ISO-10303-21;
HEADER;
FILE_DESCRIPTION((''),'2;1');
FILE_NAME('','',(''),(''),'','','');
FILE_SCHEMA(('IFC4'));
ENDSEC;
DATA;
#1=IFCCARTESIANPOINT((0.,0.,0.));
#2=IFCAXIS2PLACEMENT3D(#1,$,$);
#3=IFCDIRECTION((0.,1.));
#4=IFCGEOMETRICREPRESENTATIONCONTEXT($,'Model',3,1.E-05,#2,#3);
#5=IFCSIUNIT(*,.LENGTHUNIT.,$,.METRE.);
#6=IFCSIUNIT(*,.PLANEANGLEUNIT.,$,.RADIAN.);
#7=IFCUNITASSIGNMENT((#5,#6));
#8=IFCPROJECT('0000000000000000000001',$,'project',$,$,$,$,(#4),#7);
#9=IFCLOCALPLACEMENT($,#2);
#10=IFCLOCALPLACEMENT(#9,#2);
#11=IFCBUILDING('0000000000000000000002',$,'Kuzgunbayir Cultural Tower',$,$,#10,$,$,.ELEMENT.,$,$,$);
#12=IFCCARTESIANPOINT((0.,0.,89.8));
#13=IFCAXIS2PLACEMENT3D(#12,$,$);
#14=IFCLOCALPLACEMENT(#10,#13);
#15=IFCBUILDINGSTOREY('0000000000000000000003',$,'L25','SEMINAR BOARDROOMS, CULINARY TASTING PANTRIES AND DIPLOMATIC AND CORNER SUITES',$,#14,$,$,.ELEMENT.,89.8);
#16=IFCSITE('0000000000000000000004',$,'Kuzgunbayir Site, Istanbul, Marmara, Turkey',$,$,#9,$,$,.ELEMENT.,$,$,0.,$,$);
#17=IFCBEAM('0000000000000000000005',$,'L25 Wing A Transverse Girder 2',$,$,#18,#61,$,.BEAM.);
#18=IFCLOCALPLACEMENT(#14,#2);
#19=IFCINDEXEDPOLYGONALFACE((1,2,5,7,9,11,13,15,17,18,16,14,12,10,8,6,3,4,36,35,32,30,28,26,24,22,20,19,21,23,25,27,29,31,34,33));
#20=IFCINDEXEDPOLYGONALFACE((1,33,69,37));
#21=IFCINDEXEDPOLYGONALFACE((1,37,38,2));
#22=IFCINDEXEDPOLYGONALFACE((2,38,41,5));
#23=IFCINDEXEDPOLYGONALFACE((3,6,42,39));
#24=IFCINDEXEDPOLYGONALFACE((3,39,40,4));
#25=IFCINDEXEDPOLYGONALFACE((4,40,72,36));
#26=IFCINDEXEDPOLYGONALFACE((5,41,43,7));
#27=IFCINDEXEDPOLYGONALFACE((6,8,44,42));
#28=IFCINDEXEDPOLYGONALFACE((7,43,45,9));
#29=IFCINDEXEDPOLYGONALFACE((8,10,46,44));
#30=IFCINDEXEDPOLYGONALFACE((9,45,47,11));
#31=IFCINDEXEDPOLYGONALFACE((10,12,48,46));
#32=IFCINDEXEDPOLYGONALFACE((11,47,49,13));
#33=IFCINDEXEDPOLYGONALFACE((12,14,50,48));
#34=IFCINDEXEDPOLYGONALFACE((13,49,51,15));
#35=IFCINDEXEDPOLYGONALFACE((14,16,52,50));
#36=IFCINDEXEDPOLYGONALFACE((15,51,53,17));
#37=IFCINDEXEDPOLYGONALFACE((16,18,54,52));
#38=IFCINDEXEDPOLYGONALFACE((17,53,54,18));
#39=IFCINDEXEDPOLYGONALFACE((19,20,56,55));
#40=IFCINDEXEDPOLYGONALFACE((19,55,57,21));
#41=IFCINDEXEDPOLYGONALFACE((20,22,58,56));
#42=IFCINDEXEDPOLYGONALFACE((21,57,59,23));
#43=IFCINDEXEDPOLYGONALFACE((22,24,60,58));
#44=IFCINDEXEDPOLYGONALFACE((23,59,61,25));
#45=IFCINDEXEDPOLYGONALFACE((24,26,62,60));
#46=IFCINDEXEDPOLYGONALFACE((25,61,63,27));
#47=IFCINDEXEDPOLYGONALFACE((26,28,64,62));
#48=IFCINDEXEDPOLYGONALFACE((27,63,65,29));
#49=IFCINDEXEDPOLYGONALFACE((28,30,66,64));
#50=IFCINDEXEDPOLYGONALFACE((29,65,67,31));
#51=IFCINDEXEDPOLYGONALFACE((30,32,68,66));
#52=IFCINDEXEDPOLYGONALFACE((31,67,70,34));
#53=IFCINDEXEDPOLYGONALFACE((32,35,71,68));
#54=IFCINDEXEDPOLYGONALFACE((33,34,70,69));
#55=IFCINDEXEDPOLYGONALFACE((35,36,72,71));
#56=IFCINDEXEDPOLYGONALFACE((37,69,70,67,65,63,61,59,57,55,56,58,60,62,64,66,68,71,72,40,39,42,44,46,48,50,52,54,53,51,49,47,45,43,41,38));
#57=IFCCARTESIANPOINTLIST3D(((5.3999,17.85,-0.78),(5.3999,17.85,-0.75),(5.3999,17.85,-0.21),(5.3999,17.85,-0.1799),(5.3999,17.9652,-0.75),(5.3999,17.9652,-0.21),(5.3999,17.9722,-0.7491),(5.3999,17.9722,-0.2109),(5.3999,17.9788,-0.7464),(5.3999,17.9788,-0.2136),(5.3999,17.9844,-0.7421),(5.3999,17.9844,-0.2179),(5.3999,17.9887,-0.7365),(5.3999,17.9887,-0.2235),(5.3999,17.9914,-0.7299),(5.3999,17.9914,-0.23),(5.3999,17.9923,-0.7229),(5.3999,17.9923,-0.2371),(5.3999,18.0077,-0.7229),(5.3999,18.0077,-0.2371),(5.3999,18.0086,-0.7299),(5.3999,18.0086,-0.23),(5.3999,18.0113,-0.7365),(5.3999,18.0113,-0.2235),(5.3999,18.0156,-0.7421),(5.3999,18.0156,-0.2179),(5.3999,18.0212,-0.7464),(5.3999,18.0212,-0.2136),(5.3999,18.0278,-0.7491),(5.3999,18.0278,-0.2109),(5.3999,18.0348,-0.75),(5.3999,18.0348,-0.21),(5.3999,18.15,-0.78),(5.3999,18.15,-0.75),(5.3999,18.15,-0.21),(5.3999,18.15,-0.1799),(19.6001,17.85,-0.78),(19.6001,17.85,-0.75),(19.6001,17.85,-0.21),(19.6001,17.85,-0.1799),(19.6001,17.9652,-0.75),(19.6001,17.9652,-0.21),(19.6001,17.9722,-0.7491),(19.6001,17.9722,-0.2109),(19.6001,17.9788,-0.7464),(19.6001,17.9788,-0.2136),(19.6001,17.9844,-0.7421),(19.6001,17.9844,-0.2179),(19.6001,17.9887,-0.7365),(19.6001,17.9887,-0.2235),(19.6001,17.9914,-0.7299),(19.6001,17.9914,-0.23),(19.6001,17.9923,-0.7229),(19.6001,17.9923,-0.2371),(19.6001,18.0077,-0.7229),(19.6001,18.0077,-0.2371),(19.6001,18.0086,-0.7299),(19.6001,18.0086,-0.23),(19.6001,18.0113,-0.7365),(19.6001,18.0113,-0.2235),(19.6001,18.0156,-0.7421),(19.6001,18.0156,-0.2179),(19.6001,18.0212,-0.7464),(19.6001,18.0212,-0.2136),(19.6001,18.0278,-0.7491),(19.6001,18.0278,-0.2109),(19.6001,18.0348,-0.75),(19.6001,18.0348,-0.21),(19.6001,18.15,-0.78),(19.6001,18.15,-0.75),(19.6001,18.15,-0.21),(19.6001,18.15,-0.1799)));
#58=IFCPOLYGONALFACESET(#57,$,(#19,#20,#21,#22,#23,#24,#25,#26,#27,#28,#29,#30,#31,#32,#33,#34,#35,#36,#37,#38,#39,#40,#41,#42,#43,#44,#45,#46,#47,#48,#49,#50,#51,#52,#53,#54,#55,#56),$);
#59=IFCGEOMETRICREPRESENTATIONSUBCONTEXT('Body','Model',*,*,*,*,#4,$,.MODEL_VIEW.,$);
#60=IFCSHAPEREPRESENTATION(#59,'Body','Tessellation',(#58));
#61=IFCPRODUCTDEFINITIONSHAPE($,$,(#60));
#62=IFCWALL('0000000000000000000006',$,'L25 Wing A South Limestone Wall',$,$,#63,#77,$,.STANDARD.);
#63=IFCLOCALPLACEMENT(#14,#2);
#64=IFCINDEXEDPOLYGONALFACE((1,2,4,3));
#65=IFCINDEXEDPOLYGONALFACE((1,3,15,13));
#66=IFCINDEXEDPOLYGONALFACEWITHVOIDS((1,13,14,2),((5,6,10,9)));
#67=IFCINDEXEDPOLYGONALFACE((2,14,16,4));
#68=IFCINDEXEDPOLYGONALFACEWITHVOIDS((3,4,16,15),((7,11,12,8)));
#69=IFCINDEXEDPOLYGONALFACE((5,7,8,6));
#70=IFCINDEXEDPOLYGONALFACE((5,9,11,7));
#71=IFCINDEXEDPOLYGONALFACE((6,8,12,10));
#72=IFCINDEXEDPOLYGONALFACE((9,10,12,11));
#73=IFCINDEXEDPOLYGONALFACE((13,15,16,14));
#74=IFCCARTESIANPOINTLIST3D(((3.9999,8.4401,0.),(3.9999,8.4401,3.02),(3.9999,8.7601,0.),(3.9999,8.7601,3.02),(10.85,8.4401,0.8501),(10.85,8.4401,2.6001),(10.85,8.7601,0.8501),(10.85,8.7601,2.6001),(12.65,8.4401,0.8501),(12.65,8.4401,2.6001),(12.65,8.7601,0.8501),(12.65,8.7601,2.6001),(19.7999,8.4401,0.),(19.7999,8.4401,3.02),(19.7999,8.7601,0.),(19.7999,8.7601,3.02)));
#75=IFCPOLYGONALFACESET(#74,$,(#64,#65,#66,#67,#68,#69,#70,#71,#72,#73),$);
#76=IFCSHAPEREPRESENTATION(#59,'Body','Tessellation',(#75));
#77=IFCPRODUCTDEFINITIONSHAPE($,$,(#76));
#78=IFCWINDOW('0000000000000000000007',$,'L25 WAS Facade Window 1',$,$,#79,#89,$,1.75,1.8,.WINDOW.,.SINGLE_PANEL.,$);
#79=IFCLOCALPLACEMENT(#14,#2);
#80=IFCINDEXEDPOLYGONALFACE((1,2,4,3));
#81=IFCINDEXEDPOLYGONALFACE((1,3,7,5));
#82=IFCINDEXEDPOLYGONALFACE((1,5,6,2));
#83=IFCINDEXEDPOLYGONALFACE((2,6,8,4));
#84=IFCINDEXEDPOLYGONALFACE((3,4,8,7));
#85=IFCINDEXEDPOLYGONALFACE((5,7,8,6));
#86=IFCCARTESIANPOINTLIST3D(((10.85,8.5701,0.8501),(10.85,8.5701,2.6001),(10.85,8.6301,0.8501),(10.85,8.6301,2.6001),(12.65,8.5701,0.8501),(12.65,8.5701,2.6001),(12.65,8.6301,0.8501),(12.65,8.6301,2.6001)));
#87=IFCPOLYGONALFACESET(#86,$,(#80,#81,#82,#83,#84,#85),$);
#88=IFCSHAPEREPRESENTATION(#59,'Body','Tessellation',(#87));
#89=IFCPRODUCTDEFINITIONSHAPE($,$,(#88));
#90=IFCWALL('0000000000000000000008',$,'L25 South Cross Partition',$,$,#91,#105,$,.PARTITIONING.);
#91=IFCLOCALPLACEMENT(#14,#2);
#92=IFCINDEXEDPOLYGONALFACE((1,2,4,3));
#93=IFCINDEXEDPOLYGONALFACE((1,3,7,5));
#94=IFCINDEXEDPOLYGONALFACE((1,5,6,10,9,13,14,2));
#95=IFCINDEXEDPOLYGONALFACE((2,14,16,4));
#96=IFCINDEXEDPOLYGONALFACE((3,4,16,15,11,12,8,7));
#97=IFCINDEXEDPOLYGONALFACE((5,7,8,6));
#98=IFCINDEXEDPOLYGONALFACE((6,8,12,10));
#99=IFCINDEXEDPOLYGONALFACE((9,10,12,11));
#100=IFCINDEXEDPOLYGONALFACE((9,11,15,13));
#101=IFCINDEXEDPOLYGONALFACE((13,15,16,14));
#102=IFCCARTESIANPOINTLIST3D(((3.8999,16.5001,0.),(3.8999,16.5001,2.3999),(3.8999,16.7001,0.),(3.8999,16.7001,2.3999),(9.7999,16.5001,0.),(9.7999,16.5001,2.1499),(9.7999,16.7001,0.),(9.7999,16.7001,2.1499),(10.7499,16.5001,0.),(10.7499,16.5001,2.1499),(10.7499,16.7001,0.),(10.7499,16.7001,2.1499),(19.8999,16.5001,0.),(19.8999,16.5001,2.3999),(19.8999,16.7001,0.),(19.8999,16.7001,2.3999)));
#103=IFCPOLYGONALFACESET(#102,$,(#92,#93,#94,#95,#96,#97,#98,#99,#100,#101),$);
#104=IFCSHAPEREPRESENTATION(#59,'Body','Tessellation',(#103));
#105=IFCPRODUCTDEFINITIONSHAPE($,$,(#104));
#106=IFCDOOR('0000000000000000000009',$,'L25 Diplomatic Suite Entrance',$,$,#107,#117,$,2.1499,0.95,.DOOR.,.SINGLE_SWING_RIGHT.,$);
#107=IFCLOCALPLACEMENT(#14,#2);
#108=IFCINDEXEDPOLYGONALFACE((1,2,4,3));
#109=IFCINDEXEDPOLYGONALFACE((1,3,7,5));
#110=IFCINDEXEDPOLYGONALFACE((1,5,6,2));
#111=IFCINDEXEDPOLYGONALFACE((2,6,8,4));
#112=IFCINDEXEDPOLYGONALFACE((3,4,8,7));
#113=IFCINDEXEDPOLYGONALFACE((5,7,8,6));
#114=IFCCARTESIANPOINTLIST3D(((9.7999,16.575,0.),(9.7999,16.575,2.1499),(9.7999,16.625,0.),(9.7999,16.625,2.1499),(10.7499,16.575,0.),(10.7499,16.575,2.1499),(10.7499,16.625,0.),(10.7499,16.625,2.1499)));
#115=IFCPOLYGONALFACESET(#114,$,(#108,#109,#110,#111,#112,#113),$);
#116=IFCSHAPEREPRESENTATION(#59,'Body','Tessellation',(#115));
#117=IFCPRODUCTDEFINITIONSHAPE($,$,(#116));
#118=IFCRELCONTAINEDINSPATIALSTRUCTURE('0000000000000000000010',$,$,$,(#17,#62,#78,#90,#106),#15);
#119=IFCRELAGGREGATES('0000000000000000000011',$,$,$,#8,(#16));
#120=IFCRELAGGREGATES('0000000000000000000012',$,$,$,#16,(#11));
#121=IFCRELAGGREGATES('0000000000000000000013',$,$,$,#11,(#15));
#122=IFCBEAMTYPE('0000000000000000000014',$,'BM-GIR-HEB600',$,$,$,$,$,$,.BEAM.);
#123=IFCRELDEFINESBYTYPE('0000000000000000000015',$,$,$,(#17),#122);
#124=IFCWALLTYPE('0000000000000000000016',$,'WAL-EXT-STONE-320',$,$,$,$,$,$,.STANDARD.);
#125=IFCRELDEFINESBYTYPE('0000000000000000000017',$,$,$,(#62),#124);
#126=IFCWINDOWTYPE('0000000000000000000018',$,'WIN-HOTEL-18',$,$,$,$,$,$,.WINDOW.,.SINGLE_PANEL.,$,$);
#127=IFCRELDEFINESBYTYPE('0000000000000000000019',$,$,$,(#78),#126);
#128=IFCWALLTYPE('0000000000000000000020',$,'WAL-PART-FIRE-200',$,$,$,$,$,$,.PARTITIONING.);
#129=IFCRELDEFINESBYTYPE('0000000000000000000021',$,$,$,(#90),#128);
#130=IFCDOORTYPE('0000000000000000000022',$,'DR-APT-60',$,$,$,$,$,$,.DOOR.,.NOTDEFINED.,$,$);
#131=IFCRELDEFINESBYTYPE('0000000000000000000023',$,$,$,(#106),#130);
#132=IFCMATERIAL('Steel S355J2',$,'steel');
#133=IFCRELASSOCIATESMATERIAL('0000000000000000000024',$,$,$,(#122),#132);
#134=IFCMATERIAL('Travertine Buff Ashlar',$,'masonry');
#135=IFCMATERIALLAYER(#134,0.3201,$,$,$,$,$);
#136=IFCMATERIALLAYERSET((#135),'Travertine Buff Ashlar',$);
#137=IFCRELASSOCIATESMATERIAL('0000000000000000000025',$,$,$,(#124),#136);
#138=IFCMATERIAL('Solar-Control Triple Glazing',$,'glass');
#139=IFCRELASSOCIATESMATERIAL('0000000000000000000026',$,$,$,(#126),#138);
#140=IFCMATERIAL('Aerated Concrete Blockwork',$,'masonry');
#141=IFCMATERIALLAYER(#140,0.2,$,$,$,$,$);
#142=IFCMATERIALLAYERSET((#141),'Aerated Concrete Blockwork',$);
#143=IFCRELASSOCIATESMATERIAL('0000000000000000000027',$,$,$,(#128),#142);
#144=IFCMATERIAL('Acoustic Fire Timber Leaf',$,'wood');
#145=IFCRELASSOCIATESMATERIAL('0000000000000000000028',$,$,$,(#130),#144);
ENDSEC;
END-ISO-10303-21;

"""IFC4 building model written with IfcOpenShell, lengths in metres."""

from ifc_helpers import new_model, si_unit, direction, frame, frame_2d, origin, origin_2d, place, context, subcontext, project, spatial, rectangle, i_section, extrude, material, layer, layer_set, material_profile, profile_set, type_object, element, fill, save


model = new_model("IFC4")

# Units and contexts
model_context = context("Model", 3, precision=1e-05, world=origin(), true_north=direction((0.0, 1.0)))
body_context = subcontext(model_context, "Body", "Model", "MODEL_VIEW")
ifc_project = project(units=[si_unit("LENGTHUNIT", "METRE"), si_unit("PLANEANGLEUNIT", "RADIAN")], contexts=[model_context])

# Site, building, storey
site_placement = place(None, origin())
site = spatial("IfcSite", under=ifc_project, at=site_placement, Name="Kuzgunbayir Site, Istanbul, Marmara, Turkey", CompositionType="ELEMENT", RefElevation=0.0)
building_placement = place(site_placement, origin())
building = spatial("IfcBuilding", under=site, at=building_placement, Name="Kuzgunbayir Cultural Tower", CompositionType="ELEMENT")
storey_placement = place(building_placement, frame((0.0, 0.0, 89.8)))
storey = spatial("IfcBuildingStorey", under=building, at=storey_placement, Name="L25", Description="SEMINAR BOARDROOMS, CULINARY TASTING PANTRIES AND DIPLOMATIC AND CORNER SUITES", CompositionType="ELEMENT", Elevation=89.8)

# Beam
ifc_material_1 = material(Name="Steel S355J2", Category="steel")
ifc_material_profile_1 = material_profile(ifc_material_1, i_section(OverallWidth=0.3, OverallDepth=0.6001, WebThickness=0.0154, FlangeThickness=0.03, FilletRadius=0.0271, at=origin_2d()), Name="HEB 600")
ifc_profile_set_1 = profile_set([ifc_material_profile_1], Name="Steel S355J2")
beam_type_1 = type_object("IfcBeamType", Name="BM-GIR-HEB600", PredefinedType="BEAM", material=ifc_profile_set_1)
for number, where, z_axis, x_axis, name in (
    (1, (5.3999, 18.0, -0.48), (1.0, 0.0, 0.0), (0.0, 1.0, 0.0), "L25 Wing A Transverse Girder 2"),
):
    element("IfcBeam", number, at=place(storey_placement, frame(where, z_axis=z_axis, x_axis=x_axis)), inside=storey, type_object=beam_type_1, Name=name, PredefinedType="BEAM", context=body_context, shape_type="SweptSolid", body=[
        extrude(i_section(OverallWidth=0.3, OverallDepth=0.6001, WebThickness=0.0154, FlangeThickness=0.03, FilletRadius=0.0271, at=origin_2d()), origin(), (0.0, 0.0, 1.0), 14.2002),
    ])

# Wall, opening, window
ifc_material_2 = material(Name="Travertine Buff Ashlar", Category="masonry")
ifc_layer_1 = layer(ifc_material_2, 0.3201)
ifc_layer_set_1 = layer_set([ifc_layer_1], Name="Travertine Buff Ashlar")
wall_type_1 = type_object("IfcWallType", Name="WAL-EXT-STONE-320", PredefinedType="STANDARD", material=ifc_layer_set_1)
wall_1_placement = place(storey_placement, frame((4.0, 8.6001, 0.0), z_axis=(0.0, 0.0, 1.0), x_axis=(1.0, 0.0, 0.0)))
wall_1 = element("IfcWall", 2, at=wall_1_placement, inside=storey, type_object=wall_type_1, Name="L25 Wing A South Limestone Wall", PredefinedType="STANDARD", context=body_context, shape_type="SweptSolid", body=[
    extrude(rectangle(XDim=15.8, YDim=0.3201, at=frame_2d((7.8999, 0.0))), origin(), (0.0, 0.0, 1.0), 3.02),
])
opening_1_placement = place(wall_1_placement, frame((6.8501, 0.0, 0.8501)))
opening_1 = element("IfcOpeningElement", 3, at=opening_1_placement, cuts=wall_1, PredefinedType="OPENING", context=body_context, shape_type="SweptSolid", body=[
    extrude(rectangle(XDim=1.8, YDim=1.75, at=frame_2d((0.8999, 0.875))), frame((0.0, 0.1699, 0.0), z_axis=(0.0, -1.0, 0.0), x_axis=(1.0, 0.0, 0.0)), (0.0, 0.0, 1.0), 0.3401),
])
ifc_material_3 = material(Name="Solar-Control Triple Glazing", Category="glass")
window_type = type_object("IfcWindowType", Name="WIN-HOTEL-18", PartitioningType="SINGLE_PANEL", PredefinedType="WINDOW", material=ifc_material_3)
window_placement = place(opening_1_placement, origin())
window = element("IfcWindow", 4, at=window_placement, inside=storey, type_object=window_type, Name="L25 WAS Facade Window 1", OverallHeight=1.75, OverallWidth=1.8, PartitioningType="SINGLE_PANEL", PredefinedType="WINDOW", context=body_context, shape_type="SweptSolid", body=[
    extrude(rectangle(XDim=1.8, YDim=1.75, at=frame_2d((0.8999, 0.875))), frame((0.0, 0.03, 0.0), z_axis=(0.0, -1.0, 0.0), x_axis=(1.0, 0.0, 0.0)), (0.0, 0.0, 1.0), 0.0601),
])
fill(opening_1, window)

# Wall, opening, door
ifc_material_4 = material(Name="Aerated Concrete Blockwork", Category="masonry")
ifc_layer_2 = layer(ifc_material_4, 0.2)
ifc_layer_set_2 = layer_set([ifc_layer_2], Name="Aerated Concrete Blockwork")
wall_type_2 = type_object("IfcWallType", Name="WAL-PART-FIRE-200", PredefinedType="PARTITIONING", material=ifc_layer_set_2)
wall_2_placement = place(storey_placement, frame((3.8999, 16.6001, 0.0), z_axis=(0.0, 0.0, 1.0), x_axis=(1.0, 0.0, 0.0)))
wall_2 = element("IfcWall", 5, at=wall_2_placement, inside=storey, type_object=wall_type_2, Name="L25 South Cross Partition", PredefinedType="PARTITIONING", context=body_context, shape_type="SweptSolid", body=[
    extrude(rectangle(XDim=16.0, YDim=0.2, at=frame_2d((8.0, 0.0))), origin(), (0.0, 0.0, 1.0), 2.3999),
])
opening_2_placement = place(wall_2_placement, frame((5.8999, 0.0, 0.0)))
opening_2 = element("IfcOpeningElement", 6, at=opening_2_placement, cuts=wall_2, PredefinedType="OPENING", context=body_context, shape_type="SweptSolid", body=[
    extrude(rectangle(XDim=0.95, YDim=2.1499, at=frame_2d((0.4751, 1.075))), frame((0.0, 0.1099, 0.0), z_axis=(0.0, -1.0, 0.0), x_axis=(1.0, 0.0, 0.0)), (0.0, 0.0, 1.0), 0.22),
])
ifc_material_5 = material(Name="Acoustic Fire Timber Leaf", Category="wood")
door_type = type_object("IfcDoorType", Name="DR-APT-60", OperationType="NOTDEFINED", PredefinedType="DOOR", material=ifc_material_5)
door_placement = place(opening_2_placement, origin())
door = element("IfcDoor", 7, at=door_placement, inside=storey, type_object=door_type, Name="L25 Diplomatic Suite Entrance", OperationType="SINGLE_SWING_RIGHT", OverallHeight=2.1499, OverallWidth=0.95, PredefinedType="DOOR", context=body_context, shape_type="SweptSolid", body=[
    extrude(rectangle(XDim=0.95, YDim=2.1499, at=frame_2d((0.4751, 1.075))), frame((0.0, 0.0249, 0.0), z_axis=(0.0, -1.0, 0.0), x_axis=(1.0, 0.0, 0.0)), (0.0, 0.0, 1.0), 0.05),
])
fill(opening_2, door)

save(model, "model.ifc")
